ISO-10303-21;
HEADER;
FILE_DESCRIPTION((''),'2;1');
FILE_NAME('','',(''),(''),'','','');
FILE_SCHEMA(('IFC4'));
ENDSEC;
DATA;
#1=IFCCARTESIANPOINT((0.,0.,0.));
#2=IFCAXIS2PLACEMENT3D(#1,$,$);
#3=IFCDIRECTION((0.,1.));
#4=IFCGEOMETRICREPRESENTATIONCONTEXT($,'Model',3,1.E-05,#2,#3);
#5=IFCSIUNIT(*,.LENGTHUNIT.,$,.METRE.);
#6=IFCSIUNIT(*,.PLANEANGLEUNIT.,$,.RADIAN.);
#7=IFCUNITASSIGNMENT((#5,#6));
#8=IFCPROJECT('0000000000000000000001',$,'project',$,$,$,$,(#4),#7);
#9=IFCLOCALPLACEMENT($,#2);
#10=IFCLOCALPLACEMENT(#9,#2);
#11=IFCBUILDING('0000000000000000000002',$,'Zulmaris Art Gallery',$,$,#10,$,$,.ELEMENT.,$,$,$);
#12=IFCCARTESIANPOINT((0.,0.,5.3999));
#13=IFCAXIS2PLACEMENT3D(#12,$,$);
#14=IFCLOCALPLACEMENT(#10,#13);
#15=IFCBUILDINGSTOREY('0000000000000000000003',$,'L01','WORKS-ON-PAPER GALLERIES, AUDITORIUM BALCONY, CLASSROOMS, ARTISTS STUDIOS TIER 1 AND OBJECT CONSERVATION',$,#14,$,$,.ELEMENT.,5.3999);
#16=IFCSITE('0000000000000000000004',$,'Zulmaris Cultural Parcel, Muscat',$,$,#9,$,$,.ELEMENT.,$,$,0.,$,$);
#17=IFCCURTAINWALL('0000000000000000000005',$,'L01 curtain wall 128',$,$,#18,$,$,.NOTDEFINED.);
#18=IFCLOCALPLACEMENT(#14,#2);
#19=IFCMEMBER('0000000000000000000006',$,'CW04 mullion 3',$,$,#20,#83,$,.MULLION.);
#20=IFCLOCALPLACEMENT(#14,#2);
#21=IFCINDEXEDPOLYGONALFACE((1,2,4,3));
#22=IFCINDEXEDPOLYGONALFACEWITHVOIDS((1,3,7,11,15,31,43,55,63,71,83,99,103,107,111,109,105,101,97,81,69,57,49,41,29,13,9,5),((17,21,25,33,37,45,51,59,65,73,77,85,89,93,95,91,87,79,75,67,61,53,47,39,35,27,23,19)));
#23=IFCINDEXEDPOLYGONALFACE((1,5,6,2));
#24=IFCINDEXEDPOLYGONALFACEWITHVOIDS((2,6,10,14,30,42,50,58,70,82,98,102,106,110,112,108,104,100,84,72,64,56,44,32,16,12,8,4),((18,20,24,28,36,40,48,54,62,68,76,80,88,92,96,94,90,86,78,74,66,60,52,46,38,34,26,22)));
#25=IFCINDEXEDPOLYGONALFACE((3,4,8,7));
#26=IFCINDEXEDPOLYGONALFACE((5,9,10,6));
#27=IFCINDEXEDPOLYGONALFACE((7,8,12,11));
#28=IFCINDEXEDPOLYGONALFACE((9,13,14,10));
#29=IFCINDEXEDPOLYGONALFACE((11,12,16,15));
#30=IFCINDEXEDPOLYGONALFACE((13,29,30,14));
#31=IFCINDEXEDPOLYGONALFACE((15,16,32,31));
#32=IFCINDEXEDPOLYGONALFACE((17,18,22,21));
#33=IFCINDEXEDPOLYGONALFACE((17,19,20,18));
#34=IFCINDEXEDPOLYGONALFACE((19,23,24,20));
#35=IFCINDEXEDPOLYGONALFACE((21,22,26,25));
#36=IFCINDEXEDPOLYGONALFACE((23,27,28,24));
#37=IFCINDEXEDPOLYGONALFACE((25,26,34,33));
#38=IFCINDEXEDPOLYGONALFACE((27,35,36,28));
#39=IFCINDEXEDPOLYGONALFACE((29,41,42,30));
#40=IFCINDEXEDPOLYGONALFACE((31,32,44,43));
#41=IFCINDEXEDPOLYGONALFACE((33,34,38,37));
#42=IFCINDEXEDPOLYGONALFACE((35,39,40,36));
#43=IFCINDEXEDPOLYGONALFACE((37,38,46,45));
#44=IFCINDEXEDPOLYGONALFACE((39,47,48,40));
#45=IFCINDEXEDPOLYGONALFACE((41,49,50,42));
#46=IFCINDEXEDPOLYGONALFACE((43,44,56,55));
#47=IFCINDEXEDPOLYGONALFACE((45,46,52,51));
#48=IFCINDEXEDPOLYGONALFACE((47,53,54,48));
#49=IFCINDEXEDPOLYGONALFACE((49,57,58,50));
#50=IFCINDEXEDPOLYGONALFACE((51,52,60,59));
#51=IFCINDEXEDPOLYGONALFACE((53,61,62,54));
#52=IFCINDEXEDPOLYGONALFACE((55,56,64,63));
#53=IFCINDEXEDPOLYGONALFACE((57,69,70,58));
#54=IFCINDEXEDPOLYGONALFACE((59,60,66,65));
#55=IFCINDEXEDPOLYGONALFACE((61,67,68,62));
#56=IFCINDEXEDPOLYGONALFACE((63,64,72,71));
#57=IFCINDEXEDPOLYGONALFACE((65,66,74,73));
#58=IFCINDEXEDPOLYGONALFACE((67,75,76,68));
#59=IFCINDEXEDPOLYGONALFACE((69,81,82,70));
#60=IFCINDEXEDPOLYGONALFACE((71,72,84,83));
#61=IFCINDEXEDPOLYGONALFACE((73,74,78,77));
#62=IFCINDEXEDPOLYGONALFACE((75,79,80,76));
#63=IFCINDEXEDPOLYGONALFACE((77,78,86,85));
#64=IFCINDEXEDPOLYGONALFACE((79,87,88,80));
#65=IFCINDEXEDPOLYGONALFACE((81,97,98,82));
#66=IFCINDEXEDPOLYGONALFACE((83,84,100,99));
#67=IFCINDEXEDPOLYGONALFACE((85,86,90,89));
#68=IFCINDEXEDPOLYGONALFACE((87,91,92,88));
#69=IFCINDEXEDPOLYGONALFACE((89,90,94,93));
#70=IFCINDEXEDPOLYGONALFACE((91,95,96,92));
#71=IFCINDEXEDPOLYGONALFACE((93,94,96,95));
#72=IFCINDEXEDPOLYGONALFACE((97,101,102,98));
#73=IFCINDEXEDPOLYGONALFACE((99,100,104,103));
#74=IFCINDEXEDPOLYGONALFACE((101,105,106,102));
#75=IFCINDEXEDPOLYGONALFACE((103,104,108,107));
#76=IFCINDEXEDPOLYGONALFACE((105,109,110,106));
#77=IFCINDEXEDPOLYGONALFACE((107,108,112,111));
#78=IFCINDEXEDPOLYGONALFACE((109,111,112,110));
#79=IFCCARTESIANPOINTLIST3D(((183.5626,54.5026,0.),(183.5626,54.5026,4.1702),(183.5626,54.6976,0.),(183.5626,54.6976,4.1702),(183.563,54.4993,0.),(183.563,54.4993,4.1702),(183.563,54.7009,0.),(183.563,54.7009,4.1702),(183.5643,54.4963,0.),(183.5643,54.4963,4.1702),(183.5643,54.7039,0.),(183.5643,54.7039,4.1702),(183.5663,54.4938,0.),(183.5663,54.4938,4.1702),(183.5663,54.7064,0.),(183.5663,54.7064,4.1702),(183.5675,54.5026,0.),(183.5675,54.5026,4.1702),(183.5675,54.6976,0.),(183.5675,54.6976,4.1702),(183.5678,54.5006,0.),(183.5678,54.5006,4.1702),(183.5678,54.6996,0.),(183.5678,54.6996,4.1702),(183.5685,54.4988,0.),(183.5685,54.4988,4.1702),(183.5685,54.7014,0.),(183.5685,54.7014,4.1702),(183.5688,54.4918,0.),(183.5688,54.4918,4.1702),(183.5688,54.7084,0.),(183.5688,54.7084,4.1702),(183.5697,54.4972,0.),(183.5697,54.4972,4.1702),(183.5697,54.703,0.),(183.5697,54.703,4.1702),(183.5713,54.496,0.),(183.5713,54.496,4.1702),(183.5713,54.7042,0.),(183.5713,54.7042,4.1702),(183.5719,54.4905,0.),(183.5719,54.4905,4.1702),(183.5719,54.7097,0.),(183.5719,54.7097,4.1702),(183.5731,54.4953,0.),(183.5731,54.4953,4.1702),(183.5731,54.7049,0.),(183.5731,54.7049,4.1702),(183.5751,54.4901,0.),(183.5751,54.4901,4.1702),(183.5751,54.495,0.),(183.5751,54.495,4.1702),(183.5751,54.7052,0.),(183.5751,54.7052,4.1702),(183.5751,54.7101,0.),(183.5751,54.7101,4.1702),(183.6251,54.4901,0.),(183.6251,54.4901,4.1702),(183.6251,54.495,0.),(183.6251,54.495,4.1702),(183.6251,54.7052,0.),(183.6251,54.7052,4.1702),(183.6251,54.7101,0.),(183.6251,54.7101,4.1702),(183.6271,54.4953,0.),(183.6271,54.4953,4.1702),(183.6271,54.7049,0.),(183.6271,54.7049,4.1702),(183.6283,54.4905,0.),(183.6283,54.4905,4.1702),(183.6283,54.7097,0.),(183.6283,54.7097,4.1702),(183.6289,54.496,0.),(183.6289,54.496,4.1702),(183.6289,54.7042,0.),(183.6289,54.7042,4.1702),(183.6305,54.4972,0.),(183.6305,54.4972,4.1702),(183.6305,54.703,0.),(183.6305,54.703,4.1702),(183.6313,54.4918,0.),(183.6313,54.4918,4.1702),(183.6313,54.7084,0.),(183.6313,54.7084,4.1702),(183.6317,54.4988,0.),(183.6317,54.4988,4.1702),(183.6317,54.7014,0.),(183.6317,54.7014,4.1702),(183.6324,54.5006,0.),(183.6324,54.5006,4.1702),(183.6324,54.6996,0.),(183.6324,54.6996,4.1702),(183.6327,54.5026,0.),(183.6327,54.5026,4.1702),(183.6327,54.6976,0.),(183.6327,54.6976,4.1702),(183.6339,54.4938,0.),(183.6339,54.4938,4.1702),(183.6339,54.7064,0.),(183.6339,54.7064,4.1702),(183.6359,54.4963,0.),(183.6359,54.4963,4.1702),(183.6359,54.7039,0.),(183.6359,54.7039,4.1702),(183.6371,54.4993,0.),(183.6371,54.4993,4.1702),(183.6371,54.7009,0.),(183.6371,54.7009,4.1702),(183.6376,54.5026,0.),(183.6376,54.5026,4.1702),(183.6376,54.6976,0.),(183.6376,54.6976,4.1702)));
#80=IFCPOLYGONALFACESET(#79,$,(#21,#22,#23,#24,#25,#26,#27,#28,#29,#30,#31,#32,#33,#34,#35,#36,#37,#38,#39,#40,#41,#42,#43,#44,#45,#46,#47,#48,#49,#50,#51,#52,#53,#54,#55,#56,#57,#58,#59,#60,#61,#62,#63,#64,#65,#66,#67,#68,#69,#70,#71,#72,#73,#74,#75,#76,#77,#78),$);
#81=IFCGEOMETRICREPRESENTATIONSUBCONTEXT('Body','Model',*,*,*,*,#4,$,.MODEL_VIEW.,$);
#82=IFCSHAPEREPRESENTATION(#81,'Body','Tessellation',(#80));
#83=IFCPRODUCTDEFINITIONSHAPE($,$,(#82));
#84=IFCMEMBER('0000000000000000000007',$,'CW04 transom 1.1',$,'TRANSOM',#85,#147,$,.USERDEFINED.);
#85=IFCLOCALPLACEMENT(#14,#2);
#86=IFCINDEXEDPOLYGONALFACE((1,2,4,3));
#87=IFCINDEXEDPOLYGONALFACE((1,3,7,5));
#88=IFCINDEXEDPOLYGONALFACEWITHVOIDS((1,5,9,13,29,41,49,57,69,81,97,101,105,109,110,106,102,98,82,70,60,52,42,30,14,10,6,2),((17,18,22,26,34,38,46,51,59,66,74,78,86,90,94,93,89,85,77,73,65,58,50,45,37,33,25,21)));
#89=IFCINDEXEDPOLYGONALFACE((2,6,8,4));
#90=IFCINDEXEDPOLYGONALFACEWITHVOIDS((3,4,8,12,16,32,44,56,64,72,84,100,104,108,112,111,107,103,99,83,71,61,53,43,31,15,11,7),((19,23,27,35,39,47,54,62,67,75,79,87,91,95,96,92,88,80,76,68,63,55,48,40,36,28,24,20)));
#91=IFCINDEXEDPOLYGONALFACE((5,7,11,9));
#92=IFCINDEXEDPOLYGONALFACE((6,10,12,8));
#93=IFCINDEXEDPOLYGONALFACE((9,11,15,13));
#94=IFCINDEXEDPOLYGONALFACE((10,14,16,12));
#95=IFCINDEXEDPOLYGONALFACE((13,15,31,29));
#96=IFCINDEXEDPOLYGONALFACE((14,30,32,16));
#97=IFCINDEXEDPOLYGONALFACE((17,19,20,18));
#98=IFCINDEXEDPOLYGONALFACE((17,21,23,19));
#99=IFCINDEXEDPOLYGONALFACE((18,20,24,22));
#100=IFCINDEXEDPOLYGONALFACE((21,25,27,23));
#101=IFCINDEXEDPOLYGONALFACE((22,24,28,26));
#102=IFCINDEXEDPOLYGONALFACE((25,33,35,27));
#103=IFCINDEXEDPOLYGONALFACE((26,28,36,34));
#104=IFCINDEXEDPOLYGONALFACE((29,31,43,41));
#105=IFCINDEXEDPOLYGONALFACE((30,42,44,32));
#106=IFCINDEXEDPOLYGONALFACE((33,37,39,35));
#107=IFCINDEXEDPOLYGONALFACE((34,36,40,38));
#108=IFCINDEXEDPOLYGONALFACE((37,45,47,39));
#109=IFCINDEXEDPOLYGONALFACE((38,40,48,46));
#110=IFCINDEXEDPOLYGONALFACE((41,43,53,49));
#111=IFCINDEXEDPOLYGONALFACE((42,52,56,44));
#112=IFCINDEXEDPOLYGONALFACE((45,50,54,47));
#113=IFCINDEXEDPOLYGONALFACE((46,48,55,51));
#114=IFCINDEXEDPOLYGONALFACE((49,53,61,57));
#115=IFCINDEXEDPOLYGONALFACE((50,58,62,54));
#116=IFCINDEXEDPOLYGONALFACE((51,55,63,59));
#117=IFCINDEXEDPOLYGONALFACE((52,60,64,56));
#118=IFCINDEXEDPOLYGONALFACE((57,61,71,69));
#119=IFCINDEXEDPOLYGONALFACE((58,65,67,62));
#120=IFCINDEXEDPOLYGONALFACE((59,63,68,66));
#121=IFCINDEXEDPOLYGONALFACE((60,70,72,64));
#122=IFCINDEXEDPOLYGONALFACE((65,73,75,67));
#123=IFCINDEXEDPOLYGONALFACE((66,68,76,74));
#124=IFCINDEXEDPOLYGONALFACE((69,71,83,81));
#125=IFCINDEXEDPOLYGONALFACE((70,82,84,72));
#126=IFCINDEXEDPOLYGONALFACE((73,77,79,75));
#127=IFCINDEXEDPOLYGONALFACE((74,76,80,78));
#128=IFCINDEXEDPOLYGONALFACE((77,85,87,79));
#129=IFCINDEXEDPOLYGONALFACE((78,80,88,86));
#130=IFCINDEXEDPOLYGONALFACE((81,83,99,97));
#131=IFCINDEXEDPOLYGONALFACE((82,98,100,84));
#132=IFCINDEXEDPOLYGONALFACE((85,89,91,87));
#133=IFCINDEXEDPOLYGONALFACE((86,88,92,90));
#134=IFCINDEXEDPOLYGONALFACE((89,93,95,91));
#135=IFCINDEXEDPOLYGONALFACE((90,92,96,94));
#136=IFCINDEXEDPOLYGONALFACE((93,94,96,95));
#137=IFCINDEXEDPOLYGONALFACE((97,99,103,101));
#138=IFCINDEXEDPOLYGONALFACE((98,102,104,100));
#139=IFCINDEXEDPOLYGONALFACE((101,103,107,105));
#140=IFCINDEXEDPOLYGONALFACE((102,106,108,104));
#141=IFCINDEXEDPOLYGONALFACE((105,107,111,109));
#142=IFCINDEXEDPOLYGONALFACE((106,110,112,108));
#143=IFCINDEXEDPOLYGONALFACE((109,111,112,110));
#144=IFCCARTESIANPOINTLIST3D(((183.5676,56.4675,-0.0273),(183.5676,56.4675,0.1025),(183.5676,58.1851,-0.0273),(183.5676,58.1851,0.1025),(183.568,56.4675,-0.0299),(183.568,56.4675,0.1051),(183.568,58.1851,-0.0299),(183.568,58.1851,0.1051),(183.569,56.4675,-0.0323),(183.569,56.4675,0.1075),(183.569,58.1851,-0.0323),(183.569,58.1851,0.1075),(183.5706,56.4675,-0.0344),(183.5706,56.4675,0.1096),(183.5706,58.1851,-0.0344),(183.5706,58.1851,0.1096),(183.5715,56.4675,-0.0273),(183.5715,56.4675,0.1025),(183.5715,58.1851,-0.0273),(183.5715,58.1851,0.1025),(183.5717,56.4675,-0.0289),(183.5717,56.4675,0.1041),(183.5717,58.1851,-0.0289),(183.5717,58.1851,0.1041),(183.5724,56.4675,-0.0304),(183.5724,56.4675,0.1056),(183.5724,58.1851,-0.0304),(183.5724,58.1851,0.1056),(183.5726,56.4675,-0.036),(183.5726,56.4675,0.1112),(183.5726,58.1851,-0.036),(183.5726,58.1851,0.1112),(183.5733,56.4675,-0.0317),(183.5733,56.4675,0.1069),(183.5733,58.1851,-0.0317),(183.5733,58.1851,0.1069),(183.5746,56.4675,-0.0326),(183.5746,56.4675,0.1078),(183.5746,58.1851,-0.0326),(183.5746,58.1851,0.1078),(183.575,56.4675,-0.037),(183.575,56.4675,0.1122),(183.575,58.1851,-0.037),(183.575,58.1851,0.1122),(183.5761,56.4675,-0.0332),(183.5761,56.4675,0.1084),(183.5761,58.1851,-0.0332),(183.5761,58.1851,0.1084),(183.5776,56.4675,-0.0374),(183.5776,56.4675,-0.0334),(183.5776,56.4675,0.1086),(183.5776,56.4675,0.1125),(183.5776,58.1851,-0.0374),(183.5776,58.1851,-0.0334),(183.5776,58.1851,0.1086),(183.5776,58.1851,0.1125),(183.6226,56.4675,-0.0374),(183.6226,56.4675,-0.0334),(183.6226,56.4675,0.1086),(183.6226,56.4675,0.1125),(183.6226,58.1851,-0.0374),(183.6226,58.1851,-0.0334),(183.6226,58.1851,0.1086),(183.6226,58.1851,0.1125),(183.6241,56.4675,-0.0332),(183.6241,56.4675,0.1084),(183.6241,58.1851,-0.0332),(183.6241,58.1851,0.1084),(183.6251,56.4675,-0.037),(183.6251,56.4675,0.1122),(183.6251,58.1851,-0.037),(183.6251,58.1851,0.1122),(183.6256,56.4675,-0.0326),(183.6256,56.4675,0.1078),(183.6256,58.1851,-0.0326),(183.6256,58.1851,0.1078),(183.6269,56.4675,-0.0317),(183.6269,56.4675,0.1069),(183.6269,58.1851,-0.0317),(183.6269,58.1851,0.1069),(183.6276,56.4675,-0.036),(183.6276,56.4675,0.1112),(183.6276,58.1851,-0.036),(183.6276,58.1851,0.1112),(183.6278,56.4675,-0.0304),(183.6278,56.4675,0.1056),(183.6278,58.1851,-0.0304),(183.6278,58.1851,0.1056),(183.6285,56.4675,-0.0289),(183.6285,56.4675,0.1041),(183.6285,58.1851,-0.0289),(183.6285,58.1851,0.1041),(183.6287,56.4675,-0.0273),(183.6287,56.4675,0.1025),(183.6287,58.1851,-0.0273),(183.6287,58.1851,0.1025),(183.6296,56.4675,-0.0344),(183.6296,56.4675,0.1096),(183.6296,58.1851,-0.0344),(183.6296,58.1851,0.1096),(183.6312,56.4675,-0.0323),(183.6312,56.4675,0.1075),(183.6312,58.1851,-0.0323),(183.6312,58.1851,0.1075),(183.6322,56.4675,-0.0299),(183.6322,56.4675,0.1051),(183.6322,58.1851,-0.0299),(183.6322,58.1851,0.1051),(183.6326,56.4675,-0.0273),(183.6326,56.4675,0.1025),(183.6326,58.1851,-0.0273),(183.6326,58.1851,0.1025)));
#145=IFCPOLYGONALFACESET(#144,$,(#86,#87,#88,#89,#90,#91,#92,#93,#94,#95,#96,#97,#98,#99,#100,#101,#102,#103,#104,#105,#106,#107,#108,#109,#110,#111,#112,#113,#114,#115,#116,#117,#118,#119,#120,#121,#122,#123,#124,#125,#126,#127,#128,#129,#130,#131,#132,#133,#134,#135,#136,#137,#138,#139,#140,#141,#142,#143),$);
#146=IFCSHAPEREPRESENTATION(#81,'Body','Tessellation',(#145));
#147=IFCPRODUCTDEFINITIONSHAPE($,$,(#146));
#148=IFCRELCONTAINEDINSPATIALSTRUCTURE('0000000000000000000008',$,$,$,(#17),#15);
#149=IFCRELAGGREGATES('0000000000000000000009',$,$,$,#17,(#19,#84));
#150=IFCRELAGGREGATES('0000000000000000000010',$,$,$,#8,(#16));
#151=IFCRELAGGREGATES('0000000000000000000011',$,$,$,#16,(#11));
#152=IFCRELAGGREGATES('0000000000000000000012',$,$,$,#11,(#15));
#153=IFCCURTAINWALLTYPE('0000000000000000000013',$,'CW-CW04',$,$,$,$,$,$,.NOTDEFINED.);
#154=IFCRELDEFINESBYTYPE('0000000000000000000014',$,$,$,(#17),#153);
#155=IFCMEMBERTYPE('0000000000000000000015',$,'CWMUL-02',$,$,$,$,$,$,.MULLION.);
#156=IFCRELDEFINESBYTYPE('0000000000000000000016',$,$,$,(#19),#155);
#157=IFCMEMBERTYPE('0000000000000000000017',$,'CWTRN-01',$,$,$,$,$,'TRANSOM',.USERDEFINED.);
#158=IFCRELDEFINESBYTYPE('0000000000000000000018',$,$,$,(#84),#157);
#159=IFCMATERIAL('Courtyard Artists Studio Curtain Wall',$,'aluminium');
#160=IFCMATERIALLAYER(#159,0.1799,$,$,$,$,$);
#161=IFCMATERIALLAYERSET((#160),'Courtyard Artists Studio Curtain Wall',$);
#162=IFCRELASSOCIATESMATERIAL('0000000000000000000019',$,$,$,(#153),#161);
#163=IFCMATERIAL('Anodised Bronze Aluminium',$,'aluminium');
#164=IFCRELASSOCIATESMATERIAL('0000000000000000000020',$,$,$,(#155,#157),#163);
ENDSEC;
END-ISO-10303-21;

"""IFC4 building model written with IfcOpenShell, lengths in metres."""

from ifc_helpers import new_model, si_unit, direction, frame, origin, origin_2d, place, context, subcontext, project, spatial, hollow_rectangle, extrude, material, layer, layer_set, material_profile, profile_set, type_object, element, aggregate, save


model = new_model("IFC4")

# Units and contexts
model_context = context("Model", 3, precision=1e-05, world=origin(), true_north=direction((0.0, 1.0)))
body_context = subcontext(model_context, "Body", "Model", "MODEL_VIEW")
ifc_project = project(units=[si_unit("LENGTHUNIT", "METRE"), si_unit("PLANEANGLEUNIT", "RADIAN")], contexts=[model_context])

# Site, building, storey
site_placement = place(None, origin())
site = spatial("IfcSite", under=ifc_project, at=site_placement, Name="Zulmaris Cultural Parcel, Muscat", CompositionType="ELEMENT", RefElevation=0.0)
building_placement = place(site_placement, origin())
building = spatial("IfcBuilding", under=site, at=building_placement, Name="Zulmaris Art Gallery", CompositionType="ELEMENT")
storey_placement = place(building_placement, frame((0.0, 0.0, 5.3999)))
storey = spatial("IfcBuildingStorey", under=building, at=storey_placement, Name="L01", Description="WORKS-ON-PAPER GALLERIES, AUDITORIUM BALCONY, CLASSROOMS, ARTISTS STUDIOS TIER 1 AND OBJECT CONSERVATION", CompositionType="ELEMENT", Elevation=5.3999)

# Curtain wall, members
ifc_material_1 = material(Name="Courtyard Artists Studio Curtain Wall", Category="aluminium")
ifc_layer_1 = layer(ifc_material_1, 0.1799)
ifc_layer_set_1 = layer_set([ifc_layer_1], Name="Courtyard Artists Studio Curtain Wall")
curtain_wall_type = type_object("IfcCurtainWallType", Name="CW-CW04", PredefinedType="NOTDEFINED", material=ifc_layer_set_1)
curtain_wall_placement = place(storey_placement, origin())
curtain_wall = element("IfcCurtainWall", 1, at=curtain_wall_placement, inside=storey, type_object=curtain_wall_type, Name="L01 curtain wall 128", PredefinedType="NOTDEFINED")
ifc_material_2 = material(Name="Anodised Bronze Aluminium", Category="aluminium")
ifc_material_profile_1 = material_profile(ifc_material_2, hollow_rectangle(XDim=0.075, YDim=0.22, WallThickness=0.0049, InnerFilletRadius=0.0076, OuterFilletRadius=0.0125, at=origin_2d()), Name="ALU 75x220x5")
ifc_profile_set_1 = profile_set([ifc_material_profile_1], Name="Anodised Bronze Aluminium")
member_type_1 = type_object("IfcMemberType", Name="CWMUL-02", PredefinedType="MULLION", material=ifc_profile_set_1)
member_1_placement = place(storey_placement, frame((183.6001, 54.6001, 0.0), z_axis=(0.0, 0.0, 1.0), x_axis=(1.0, 0.0, 0.0)))
member_1 = element("IfcMember", 2, at=member_1_placement, type_object=member_type_1, Name="CW04 mullion 3", PredefinedType="MULLION", context=body_context, shape_type="SweptSolid", body=[
    extrude(hollow_rectangle(XDim=0.075, YDim=0.22, WallThickness=0.0049, InnerFilletRadius=0.0076, OuterFilletRadius=0.0125, at=origin_2d()), origin(), (0.0, 0.0, 1.0), 4.1702),
])
ifc_material_profile_2 = material_profile(ifc_material_2, hollow_rectangle(XDim=0.0649, YDim=0.1499, WallThickness=0.0039, InnerFilletRadius=0.0061, OuterFilletRadius=0.01, at=origin_2d()), Name="ALU 65x150x4")
ifc_profile_set_2 = profile_set([ifc_material_profile_2], Name="Anodised Bronze Aluminium")
member_type_2 = type_object("IfcMemberType", Name="CWTRN-01", ElementType="TRANSOM", PredefinedType="USERDEFINED", material=ifc_profile_set_2)
member_2_placement = place(storey_placement, frame((183.6001, 58.1851, 0.0376), z_axis=(0.0, -1.0, 0.0), x_axis=(1.0, 0.0, 0.0)))
member_2 = element("IfcMember", 3, at=member_2_placement, type_object=member_type_2, Name="CW04 transom 1.1", ObjectType="TRANSOM", PredefinedType="USERDEFINED", context=body_context, shape_type="SweptSolid", body=[
    extrude(hollow_rectangle(XDim=0.0649, YDim=0.1499, WallThickness=0.0039, InnerFilletRadius=0.0061, OuterFilletRadius=0.01, at=origin_2d()), origin(), (0.0, 0.0, 1.0), 1.7175),
])
aggregate(curtain_wall, [member_1, member_2])

save(model, "model.ifc")
